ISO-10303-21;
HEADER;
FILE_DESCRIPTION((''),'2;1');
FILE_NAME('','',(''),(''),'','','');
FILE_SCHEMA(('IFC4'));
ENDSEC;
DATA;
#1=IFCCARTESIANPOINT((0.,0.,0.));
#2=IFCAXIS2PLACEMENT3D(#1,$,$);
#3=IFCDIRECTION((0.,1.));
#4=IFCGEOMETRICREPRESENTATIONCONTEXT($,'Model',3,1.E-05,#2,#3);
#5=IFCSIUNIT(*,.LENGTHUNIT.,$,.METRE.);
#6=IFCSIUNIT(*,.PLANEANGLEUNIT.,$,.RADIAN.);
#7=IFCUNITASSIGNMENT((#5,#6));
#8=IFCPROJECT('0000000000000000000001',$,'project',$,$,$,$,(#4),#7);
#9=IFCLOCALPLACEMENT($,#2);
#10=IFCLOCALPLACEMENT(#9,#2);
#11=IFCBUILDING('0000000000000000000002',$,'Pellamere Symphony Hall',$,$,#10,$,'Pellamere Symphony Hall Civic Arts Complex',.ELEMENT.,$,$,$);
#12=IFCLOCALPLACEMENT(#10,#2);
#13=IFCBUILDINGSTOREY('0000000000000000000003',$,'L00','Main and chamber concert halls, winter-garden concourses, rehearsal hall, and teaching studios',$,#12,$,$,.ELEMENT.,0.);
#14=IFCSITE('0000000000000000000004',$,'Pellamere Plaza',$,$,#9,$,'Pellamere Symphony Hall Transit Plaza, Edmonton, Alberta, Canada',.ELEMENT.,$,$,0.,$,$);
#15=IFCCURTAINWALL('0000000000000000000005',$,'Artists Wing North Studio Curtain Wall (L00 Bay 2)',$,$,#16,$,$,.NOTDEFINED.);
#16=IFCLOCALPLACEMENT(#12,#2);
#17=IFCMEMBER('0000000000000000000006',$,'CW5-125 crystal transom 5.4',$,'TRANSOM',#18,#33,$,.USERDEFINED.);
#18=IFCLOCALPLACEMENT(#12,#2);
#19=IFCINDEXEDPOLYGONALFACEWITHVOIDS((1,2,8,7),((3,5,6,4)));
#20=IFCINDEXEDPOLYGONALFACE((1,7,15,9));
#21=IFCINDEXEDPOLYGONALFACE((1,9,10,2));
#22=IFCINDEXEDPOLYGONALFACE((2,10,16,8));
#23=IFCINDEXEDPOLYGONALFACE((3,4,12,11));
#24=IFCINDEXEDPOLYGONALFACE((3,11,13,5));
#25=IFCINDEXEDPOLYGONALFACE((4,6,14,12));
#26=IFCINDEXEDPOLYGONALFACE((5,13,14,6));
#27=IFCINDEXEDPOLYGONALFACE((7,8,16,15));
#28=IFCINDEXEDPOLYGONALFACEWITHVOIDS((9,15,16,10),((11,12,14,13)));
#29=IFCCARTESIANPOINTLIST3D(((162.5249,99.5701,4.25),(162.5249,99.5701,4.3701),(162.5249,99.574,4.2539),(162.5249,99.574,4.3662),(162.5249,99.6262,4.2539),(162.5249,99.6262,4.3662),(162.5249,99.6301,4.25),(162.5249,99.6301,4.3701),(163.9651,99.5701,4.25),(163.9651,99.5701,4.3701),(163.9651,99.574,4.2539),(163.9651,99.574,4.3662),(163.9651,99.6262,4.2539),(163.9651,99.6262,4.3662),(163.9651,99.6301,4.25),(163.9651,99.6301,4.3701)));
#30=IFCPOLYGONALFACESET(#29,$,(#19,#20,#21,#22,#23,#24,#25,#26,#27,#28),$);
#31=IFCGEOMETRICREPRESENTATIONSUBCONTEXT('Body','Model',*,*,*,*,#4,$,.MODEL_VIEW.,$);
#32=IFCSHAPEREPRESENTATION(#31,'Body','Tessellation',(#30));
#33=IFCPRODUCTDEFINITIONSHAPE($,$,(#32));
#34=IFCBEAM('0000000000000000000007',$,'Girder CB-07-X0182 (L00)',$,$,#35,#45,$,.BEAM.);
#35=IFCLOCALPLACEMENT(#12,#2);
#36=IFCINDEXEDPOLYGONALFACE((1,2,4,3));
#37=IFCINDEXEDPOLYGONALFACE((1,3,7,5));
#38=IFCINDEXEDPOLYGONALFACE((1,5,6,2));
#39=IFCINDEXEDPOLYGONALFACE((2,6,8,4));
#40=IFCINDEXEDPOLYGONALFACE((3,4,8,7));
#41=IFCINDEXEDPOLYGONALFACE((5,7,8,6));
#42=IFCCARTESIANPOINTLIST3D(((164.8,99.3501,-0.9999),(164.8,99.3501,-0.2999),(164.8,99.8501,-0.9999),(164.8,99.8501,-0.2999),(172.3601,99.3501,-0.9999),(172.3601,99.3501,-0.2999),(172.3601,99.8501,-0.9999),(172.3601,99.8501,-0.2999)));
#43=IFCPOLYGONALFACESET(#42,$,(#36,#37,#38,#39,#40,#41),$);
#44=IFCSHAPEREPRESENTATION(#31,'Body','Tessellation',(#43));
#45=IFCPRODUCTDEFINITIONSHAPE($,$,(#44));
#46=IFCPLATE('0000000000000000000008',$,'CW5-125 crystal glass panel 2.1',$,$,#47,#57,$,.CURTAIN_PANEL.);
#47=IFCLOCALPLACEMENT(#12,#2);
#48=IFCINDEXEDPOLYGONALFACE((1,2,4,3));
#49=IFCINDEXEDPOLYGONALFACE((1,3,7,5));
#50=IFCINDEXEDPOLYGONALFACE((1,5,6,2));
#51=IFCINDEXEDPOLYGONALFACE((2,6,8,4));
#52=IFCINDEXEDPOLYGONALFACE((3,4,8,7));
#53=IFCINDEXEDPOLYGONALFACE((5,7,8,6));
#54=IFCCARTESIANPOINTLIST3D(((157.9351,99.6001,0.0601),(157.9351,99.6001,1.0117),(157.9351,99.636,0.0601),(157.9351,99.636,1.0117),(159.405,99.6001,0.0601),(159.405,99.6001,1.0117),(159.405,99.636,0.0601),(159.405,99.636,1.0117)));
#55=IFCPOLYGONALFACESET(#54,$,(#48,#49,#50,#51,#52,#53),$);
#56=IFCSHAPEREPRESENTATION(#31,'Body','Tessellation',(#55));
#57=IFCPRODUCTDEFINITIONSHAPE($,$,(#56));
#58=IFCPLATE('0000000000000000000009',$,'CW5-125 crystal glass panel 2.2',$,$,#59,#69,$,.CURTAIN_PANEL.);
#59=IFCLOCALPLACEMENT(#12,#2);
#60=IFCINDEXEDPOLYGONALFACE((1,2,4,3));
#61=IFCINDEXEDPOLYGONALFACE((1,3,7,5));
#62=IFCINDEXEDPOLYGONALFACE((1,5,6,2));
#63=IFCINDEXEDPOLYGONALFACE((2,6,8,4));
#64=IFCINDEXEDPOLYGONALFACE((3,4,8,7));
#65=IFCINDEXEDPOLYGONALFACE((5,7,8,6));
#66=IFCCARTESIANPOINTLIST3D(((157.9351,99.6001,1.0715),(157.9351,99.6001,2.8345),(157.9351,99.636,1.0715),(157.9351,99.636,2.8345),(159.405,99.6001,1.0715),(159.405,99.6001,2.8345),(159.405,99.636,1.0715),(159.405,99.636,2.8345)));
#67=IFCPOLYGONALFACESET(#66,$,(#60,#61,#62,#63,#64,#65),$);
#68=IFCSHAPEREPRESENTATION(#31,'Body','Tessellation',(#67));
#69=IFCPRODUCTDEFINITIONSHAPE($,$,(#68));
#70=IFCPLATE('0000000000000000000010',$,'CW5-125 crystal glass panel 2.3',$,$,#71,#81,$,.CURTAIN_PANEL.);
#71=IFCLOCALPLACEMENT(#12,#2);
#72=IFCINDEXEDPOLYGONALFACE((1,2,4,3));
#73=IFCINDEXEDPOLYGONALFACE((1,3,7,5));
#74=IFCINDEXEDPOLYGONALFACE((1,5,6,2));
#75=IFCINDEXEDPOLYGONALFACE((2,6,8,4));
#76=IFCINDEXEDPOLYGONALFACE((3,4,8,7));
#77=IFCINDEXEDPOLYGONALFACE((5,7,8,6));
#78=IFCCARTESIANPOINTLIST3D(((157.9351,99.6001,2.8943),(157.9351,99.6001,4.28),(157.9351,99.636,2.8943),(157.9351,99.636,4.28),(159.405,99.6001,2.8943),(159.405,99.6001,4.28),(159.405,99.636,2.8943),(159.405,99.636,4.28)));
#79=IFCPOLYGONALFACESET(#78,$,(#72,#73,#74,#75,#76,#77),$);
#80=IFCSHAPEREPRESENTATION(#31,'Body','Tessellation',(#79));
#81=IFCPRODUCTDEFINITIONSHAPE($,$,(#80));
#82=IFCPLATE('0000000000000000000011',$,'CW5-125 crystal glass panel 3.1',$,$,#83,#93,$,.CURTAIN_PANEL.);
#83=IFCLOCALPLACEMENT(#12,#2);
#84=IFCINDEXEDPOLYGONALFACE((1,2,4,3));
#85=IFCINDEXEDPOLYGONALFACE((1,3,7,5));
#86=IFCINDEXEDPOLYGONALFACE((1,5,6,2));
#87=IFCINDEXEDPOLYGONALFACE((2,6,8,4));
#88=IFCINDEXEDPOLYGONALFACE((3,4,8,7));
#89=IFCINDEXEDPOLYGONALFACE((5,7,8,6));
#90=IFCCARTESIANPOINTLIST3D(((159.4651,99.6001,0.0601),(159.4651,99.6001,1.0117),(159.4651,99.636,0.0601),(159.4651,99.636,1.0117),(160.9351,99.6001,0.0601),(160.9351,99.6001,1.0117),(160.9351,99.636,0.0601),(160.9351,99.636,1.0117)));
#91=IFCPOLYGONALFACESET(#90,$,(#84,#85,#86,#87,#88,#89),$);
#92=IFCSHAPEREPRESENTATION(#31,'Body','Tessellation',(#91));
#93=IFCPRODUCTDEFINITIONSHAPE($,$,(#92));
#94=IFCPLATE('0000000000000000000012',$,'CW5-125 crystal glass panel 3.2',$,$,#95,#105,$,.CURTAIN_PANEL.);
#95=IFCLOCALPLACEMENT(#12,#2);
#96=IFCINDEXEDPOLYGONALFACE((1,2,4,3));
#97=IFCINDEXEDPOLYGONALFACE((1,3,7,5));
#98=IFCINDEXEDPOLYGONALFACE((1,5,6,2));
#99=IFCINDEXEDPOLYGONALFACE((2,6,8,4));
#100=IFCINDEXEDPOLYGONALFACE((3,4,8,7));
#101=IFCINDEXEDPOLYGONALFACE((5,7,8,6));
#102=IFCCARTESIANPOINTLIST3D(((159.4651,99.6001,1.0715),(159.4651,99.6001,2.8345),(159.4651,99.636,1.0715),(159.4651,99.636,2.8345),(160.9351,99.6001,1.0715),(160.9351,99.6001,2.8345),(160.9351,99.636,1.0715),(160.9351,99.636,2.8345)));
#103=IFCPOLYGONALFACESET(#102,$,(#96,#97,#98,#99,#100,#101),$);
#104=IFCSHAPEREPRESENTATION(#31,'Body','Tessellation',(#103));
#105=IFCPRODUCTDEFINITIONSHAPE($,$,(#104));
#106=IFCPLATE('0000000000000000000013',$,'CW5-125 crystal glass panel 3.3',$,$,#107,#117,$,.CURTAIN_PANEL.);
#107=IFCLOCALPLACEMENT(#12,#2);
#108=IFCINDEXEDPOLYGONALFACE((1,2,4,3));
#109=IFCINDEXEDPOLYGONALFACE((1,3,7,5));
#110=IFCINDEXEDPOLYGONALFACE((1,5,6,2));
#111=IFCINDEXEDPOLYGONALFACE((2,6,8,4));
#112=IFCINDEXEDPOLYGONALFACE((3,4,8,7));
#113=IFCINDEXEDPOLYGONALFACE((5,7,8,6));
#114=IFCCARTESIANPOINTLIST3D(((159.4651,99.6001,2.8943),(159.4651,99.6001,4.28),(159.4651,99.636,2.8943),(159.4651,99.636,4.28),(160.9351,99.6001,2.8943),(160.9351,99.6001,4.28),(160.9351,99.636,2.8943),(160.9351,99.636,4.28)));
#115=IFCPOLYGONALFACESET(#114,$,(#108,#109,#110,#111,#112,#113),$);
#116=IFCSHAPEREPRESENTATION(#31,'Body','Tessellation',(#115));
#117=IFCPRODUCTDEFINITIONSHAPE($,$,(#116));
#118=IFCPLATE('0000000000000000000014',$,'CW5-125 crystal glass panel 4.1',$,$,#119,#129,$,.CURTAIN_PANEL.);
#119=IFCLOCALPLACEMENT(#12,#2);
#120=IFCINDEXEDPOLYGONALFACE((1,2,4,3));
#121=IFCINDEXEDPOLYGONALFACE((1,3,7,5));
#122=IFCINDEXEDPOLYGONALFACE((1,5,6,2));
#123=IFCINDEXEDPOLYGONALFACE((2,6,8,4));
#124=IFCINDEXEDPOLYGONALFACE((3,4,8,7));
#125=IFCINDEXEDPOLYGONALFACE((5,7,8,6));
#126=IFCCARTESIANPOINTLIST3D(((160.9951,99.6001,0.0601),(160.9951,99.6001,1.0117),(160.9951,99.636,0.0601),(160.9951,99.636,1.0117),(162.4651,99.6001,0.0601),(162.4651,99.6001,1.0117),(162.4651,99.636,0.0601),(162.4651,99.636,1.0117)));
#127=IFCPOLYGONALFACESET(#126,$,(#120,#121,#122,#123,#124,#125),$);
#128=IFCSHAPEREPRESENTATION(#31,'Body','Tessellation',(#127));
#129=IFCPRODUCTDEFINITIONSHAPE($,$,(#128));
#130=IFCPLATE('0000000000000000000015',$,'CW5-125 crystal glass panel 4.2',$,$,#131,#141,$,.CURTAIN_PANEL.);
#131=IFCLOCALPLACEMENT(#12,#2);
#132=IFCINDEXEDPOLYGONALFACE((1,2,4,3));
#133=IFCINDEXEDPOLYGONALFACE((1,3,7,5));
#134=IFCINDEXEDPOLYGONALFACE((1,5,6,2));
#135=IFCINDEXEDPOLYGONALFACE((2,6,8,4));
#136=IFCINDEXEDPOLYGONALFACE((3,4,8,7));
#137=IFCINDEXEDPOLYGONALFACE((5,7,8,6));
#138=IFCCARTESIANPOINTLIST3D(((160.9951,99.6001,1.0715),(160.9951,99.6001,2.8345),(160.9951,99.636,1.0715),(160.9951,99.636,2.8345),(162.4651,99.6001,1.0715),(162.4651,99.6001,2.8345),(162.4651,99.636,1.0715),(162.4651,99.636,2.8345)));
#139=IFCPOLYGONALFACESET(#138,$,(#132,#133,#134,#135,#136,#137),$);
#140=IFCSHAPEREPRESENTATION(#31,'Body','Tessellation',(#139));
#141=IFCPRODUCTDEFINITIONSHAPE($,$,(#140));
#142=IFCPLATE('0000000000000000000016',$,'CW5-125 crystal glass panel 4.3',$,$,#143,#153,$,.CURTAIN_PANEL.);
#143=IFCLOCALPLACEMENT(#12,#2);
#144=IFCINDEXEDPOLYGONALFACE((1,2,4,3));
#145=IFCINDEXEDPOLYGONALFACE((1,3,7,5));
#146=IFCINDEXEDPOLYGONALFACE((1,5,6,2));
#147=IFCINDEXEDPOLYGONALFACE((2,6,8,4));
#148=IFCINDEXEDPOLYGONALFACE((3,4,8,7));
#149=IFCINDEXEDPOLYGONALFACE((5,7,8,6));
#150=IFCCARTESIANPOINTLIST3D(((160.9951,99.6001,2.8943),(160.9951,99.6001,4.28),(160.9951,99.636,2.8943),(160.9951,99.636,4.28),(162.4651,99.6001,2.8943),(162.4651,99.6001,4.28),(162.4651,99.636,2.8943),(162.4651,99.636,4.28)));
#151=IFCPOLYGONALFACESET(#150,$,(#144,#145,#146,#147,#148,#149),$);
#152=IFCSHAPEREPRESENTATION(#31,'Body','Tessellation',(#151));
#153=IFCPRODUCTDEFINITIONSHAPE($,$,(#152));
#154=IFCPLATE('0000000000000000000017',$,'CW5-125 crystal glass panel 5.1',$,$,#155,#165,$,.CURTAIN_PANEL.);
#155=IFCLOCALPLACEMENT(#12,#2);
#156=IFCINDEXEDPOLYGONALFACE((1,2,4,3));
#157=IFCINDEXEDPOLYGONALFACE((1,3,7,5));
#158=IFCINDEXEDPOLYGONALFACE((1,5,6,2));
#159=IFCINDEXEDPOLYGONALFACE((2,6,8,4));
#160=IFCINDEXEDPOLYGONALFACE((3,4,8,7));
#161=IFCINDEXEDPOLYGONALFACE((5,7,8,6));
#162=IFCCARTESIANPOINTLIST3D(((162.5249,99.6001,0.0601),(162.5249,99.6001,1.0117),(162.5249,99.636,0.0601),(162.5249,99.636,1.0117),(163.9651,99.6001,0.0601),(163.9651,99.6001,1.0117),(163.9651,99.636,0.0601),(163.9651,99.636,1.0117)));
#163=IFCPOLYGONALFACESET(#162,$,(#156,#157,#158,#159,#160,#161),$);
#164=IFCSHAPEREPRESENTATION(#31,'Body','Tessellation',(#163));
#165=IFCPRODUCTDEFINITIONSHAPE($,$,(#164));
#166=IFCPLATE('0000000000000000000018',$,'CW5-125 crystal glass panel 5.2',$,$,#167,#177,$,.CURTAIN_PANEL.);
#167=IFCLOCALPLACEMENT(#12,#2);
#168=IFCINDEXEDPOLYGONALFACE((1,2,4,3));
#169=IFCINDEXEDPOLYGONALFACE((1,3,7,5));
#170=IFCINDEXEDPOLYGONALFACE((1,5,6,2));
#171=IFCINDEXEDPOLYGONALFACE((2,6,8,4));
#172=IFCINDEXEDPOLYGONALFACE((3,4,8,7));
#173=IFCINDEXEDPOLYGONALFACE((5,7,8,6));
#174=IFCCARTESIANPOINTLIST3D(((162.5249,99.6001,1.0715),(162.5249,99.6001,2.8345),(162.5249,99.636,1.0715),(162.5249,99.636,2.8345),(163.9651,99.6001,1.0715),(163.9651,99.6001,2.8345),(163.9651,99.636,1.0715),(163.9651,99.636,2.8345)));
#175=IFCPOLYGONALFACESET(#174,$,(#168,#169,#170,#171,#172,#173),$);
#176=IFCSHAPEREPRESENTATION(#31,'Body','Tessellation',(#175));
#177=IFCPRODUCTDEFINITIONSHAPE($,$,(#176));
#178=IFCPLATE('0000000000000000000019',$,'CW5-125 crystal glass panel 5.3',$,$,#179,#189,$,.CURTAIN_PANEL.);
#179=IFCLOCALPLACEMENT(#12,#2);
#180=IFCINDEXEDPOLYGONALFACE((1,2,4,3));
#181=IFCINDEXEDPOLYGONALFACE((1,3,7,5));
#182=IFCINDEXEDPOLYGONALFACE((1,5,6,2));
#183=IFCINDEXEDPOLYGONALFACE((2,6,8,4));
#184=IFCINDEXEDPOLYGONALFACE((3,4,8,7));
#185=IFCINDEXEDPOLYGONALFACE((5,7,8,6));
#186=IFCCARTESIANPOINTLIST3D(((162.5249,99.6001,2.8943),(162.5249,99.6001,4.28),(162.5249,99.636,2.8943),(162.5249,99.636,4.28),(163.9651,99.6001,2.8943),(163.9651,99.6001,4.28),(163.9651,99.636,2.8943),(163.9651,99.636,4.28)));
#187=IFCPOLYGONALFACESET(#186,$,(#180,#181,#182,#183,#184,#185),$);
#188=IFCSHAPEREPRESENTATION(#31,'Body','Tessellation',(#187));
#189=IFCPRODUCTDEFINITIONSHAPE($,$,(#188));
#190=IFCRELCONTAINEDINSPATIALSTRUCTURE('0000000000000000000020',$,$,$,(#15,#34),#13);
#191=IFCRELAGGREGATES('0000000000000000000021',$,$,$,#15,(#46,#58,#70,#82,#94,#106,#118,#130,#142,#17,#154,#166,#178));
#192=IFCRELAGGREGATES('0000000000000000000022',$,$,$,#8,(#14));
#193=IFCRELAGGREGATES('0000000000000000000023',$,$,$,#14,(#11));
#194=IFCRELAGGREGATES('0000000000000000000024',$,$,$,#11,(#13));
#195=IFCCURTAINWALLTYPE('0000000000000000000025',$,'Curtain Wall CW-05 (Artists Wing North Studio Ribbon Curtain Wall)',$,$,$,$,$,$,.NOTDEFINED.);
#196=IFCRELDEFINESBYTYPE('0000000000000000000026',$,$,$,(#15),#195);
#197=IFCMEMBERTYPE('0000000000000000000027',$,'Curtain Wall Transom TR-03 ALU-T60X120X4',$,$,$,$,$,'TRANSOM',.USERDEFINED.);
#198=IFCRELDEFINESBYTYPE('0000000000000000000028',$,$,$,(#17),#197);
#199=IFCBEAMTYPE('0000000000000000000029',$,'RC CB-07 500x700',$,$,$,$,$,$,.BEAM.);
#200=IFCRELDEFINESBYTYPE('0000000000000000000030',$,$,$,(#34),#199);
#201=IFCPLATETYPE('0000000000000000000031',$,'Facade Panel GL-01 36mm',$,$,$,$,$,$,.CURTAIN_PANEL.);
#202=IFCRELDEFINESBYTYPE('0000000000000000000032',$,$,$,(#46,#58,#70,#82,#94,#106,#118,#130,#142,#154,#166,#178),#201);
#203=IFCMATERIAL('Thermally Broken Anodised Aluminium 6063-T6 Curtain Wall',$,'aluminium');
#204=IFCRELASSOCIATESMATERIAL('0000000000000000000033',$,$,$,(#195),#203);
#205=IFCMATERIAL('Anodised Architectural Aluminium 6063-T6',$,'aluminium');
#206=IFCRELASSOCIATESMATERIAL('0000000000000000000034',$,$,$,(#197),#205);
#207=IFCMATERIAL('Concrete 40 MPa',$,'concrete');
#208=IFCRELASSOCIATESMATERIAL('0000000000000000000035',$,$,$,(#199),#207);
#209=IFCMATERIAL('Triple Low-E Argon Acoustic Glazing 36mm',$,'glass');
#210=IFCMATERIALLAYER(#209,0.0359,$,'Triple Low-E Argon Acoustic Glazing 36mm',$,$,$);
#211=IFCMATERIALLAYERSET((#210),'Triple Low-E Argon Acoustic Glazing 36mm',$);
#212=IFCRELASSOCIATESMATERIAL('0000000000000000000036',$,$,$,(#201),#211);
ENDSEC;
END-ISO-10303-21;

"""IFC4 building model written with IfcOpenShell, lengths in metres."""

from ifc_helpers import new_model, si_unit, direction, frame, origin, origin_2d, place, context, subcontext, project, spatial, polyline, rectangle, hollow_rectangle, outline, extrude, material, layer, layer_set, material_profile, profile_set, type_object, element, aggregate, save


model = new_model("IFC4")

# Units and contexts
model_context = context("Model", 3, precision=1e-05, world=origin(), true_north=direction((0.0, 1.0)))
body_context = subcontext(model_context, "Body", "Model", "MODEL_VIEW")
ifc_project = project(units=[si_unit("LENGTHUNIT", "METRE"), si_unit("PLANEANGLEUNIT", "RADIAN")], contexts=[model_context])

# Site, building, storey
site_placement = place(None, origin())
site = spatial("IfcSite", under=ifc_project, at=site_placement, Name="Pellamere Plaza", LongName="Pellamere Symphony Hall Transit Plaza, Edmonton, Alberta, Canada", CompositionType="ELEMENT", RefElevation=0.0)
building_placement = place(site_placement, origin())
building = spatial("IfcBuilding", under=site, at=building_placement, Name="Pellamere Symphony Hall", LongName="Pellamere Symphony Hall Civic Arts Complex", CompositionType="ELEMENT")
storey_placement = place(building_placement, origin())
storey = spatial("IfcBuildingStorey", under=building, at=storey_placement, Name="L00", Description="Main and chamber concert halls, winter-garden concourses, rehearsal hall, and teaching studios", CompositionType="ELEMENT", Elevation=0.0)

# Shared definitions
ifc_material_1 = material(Name="Concrete 40 MPa", Category="concrete")

# Curtain wall, member
ifc_material_2 = material(Name="Thermally Broken Anodised Aluminium 6063-T6 Curtain Wall", Category="aluminium")
curtain_wall_type = type_object("IfcCurtainWallType", Name="Curtain Wall CW-05 (Artists Wing North Studio Ribbon Curtain Wall)", PredefinedType="NOTDEFINED", material=ifc_material_2)
curtain_wall_placement = place(storey_placement, origin())
curtain_wall = element("IfcCurtainWall", 1, at=curtain_wall_placement, inside=storey, type_object=curtain_wall_type, Name="Artists Wing North Studio Curtain Wall (L00 Bay 2)", PredefinedType="NOTDEFINED")
ifc_material_3 = material(Name="Anodised Architectural Aluminium 6063-T6", Category="aluminium")
ifc_material_profile_1 = material_profile(ifc_material_3, hollow_rectangle(XDim=0.0601, YDim=0.1201, WallThickness=0.0039, at=origin_2d()), Name="ALU-T60X120X4")
ifc_profile_set_1 = profile_set([ifc_material_profile_1], Name="Anodised Architectural Aluminium 6063-T6")
member_type_1 = type_object("IfcMemberType", Name="Curtain Wall Transom TR-03 ALU-T60X120X4", ElementType="TRANSOM", PredefinedType="USERDEFINED", material=ifc_profile_set_1)
member_1_placement = place(storey_placement, frame((162.5249, 99.6001, 4.3101), z_axis=(1.0, 0.0, 0.0), x_axis=(0.0, 1.0, 0.0)))
member_1 = element("IfcMember", 2, at=member_1_placement, type_object=member_type_1, Name="CW5-125 crystal transom 5.4", ObjectType="TRANSOM", PredefinedType="USERDEFINED", context=body_context, shape_type="SweptSolid", body=[
    extrude(hollow_rectangle(XDim=0.0601, YDim=0.1201, WallThickness=0.0039, at=origin_2d()), origin(), (0.0, 0.0, 1.0), 1.4402),
])

# Beam
ifc_material_profile_2 = material_profile(ifc_material_1, rectangle(XDim=0.5, YDim=0.7, at=origin_2d()), Name="RC 500x700")
ifc_profile_set_2 = profile_set([ifc_material_profile_2], Name="Concrete 40 MPa")
beam_type = type_object("IfcBeamType", Name="RC CB-07 500x700", PredefinedType="BEAM", material=ifc_profile_set_2)
beam_placement = place(storey_placement, frame((164.8, 99.6001, -0.6499), z_axis=(1.0, 0.0, 0.0), x_axis=(0.0, 1.0, 0.0)))
element("IfcBeam", 3, at=beam_placement, inside=storey, type_object=beam_type, Name="Girder CB-07-X0182 (L00)", PredefinedType="BEAM", context=body_context, shape_type="SweptSolid", body=[
    extrude(rectangle(XDim=0.5, YDim=0.7, at=origin_2d()), origin(), (0.0, 0.0, 1.0), 7.5601),
])

# Plates
ifc_material_4 = material(Name="Triple Low-E Argon Acoustic Glazing 36mm", Category="glass")
ifc_layer_1 = layer(ifc_material_4, 0.0359, Name="Triple Low-E Argon Acoustic Glazing 36mm")
ifc_layer_set_1 = layer_set([ifc_layer_1], Name="Triple Low-E Argon Acoustic Glazing 36mm")
plate_type = type_object("IfcPlateType", Name="Facade Panel GL-01 36mm", PredefinedType="CURTAIN_PANEL", material=ifc_layer_set_1)
plate_1_placement = place(storey_placement, frame((157.9351, 99.6001, 0.0601), z_axis=(0.0, -1.0, 0.0), x_axis=(1.0, 0.0, 0.0)))
plate_1 = element("IfcPlate", 4, at=plate_1_placement, type_object=plate_type, Name="CW5-125 crystal glass panel 2.1", PredefinedType="CURTAIN_PANEL", context=body_context, shape_type="SweptSolid", body=[
    extrude(outline(polyline([(0.0, 0.0), (1.47, 0.0), (1.47, 0.9517), (0.0, 0.9517), (0.0, 0.0)])), origin(), (0.0, 0.0, -1.0), 0.0359),
])
plate_2_placement = place(storey_placement, frame((157.9351, 99.6001, 1.0715), z_axis=(0.0, -1.0, 0.0), x_axis=(1.0, 0.0, 0.0)))
plate_2 = element("IfcPlate", 5, at=plate_2_placement, type_object=plate_type, Name="CW5-125 crystal glass panel 2.2", PredefinedType="CURTAIN_PANEL", context=body_context, shape_type="SweptSolid", body=[
    extrude(outline(polyline([(0.0, 0.0), (1.47, 0.0), (1.47, 1.7629), (0.0, 1.7629), (0.0, 0.0)])), origin(), (0.0, 0.0, -1.0), 0.0359),
])
plate_3_placement = place(storey_placement, frame((157.9351, 99.6001, 2.8943), z_axis=(0.0, -1.0, 0.0), x_axis=(1.0, 0.0, 0.0)))
plate_3 = element("IfcPlate", 6, at=plate_3_placement, type_object=plate_type, Name="CW5-125 crystal glass panel 2.3", PredefinedType="CURTAIN_PANEL", context=body_context, shape_type="SweptSolid", body=[
    extrude(outline(polyline([(0.0, 0.0), (1.47, 0.0), (1.47, 1.3857), (0.0, 1.3857), (0.0, 0.0)])), origin(), (0.0, 0.0, -1.0), 0.0359),
])
plate_4_placement = place(storey_placement, frame((159.4651, 99.6001, 0.0601), z_axis=(0.0, -1.0, 0.0), x_axis=(1.0, 0.0, 0.0)))
plate_4 = element("IfcPlate", 7, at=plate_4_placement, type_object=plate_type, Name="CW5-125 crystal glass panel 3.1", PredefinedType="CURTAIN_PANEL", context=body_context, shape_type="SweptSolid", body=[
    extrude(outline(polyline([(0.0, 0.0), (1.47, 0.0), (1.47, 0.9517), (0.0, 0.9517), (0.0, 0.0)])), origin(), (0.0, 0.0, -1.0), 0.0359),
])
plate_5_placement = place(storey_placement, frame((159.4651, 99.6001, 1.0715), z_axis=(0.0, -1.0, 0.0), x_axis=(1.0, 0.0, 0.0)))
plate_5 = element("IfcPlate", 8, at=plate_5_placement, type_object=plate_type, Name="CW5-125 crystal glass panel 3.2", PredefinedType="CURTAIN_PANEL", context=body_context, shape_type="SweptSolid", body=[
    extrude(outline(polyline([(0.0, 0.0), (1.47, 0.0), (1.47, 1.7629), (0.0, 1.7629), (0.0, 0.0)])), origin(), (0.0, 0.0, -1.0), 0.0359),
])
plate_6_placement = place(storey_placement, frame((159.4651, 99.6001, 2.8943), z_axis=(0.0, -1.0, 0.0), x_axis=(1.0, 0.0, 0.0)))
plate_6 = element("IfcPlate", 9, at=plate_6_placement, type_object=plate_type, Name="CW5-125 crystal glass panel 3.3", PredefinedType="CURTAIN_PANEL", context=body_context, shape_type="SweptSolid", body=[
    extrude(outline(polyline([(0.0, 0.0), (1.47, 0.0), (1.47, 1.3857), (0.0, 1.3857), (0.0, 0.0)])), origin(), (0.0, 0.0, -1.0), 0.0359),
])
plate_7_placement = place(storey_placement, frame((160.9951, 99.6001, 0.0601), z_axis=(0.0, -1.0, 0.0), x_axis=(1.0, 0.0, 0.0)))
plate_7 = element("IfcPlate", 10, at=plate_7_placement, type_object=plate_type, Name="CW5-125 crystal glass panel 4.1", PredefinedType="CURTAIN_PANEL", context=body_context, shape_type="SweptSolid", body=[
    extrude(outline(polyline([(0.0, 0.0), (1.47, 0.0), (1.47, 0.9517), (0.0, 0.9517), (0.0, 0.0)])), origin(), (0.0, 0.0, -1.0), 0.0359),
])
plate_8_placement = place(storey_placement, frame((160.9951, 99.6001, 1.0715), z_axis=(0.0, -1.0, 0.0), x_axis=(1.0, 0.0, 0.0)))
plate_8 = element("IfcPlate", 11, at=plate_8_placement, type_object=plate_type, Name="CW5-125 crystal glass panel 4.2", PredefinedType="CURTAIN_PANEL", context=body_context, shape_type="SweptSolid", body=[
    extrude(outline(polyline([(0.0, 0.0), (1.47, 0.0), (1.47, 1.7629), (0.0, 1.7629), (0.0, 0.0)])), origin(), (0.0, 0.0, -1.0), 0.0359),
])
plate_9_placement = place(storey_placement, frame((160.9951, 99.6001, 2.8943), z_axis=(0.0, -1.0, 0.0), x_axis=(1.0, 0.0, 0.0)))
plate_9 = element("IfcPlate", 12, at=plate_9_placement, type_object=plate_type, Name="CW5-125 crystal glass panel 4.3", PredefinedType="CURTAIN_PANEL", context=body_context, shape_type="SweptSolid", body=[
    extrude(outline(polyline([(0.0, 0.0), (1.47, 0.0), (1.47, 1.3857), (0.0, 1.3857), (0.0, 0.0)])), origin(), (0.0, 0.0, -1.0), 0.0359),
])
plate_10_placement = place(storey_placement, frame((162.5249, 99.6001, 0.0601), z_axis=(0.0, -1.0, 0.0), x_axis=(1.0, 0.0, 0.0)))
plate_10 = element("IfcPlate", 13, at=plate_10_placement, type_object=plate_type, Name="CW5-125 crystal glass panel 5.1", PredefinedType="CURTAIN_PANEL", context=body_context, shape_type="SweptSolid", body=[
    extrude(outline(polyline([(0.0, 0.0), (1.4402, 0.0), (1.4402, 0.9517), (0.0, 0.9517), (0.0, 0.0)])), origin(), (0.0, 0.0, -1.0), 0.0359),
])
plate_11_placement = place(storey_placement, frame((162.5249, 99.6001, 1.0715), z_axis=(0.0, -1.0, 0.0), x_axis=(1.0, 0.0, 0.0)))
plate_11 = element("IfcPlate", 14, at=plate_11_placement, type_object=plate_type, Name="CW5-125 crystal glass panel 5.2", PredefinedType="CURTAIN_PANEL", context=body_context, shape_type="SweptSolid", body=[
    extrude(outline(polyline([(0.0, 0.0), (1.4402, 0.0), (1.4402, 1.7629), (0.0, 1.7629), (0.0, 0.0)])), origin(), (0.0, 0.0, -1.0), 0.0359),
])
plate_12_placement = place(storey_placement, frame((162.5249, 99.6001, 2.8943), z_axis=(0.0, -1.0, 0.0), x_axis=(1.0, 0.0, 0.0)))
plate_12 = element("IfcPlate", 15, at=plate_12_placement, type_object=plate_type, Name="CW5-125 crystal glass panel 5.3", PredefinedType="CURTAIN_PANEL", context=body_context, shape_type="SweptSolid", body=[
    extrude(outline(polyline([(0.0, 0.0), (1.4402, 0.0), (1.4402, 1.3857), (0.0, 1.3857), (0.0, 0.0)])), origin(), (0.0, 0.0, -1.0), 0.0359),
])
aggregate(curtain_wall, [plate_1, plate_2, plate_3, plate_4, plate_5, plate_6, plate_7, plate_8, plate_9, member_1, plate_10, plate_11, plate_12])

save(model, "model.ifc")
